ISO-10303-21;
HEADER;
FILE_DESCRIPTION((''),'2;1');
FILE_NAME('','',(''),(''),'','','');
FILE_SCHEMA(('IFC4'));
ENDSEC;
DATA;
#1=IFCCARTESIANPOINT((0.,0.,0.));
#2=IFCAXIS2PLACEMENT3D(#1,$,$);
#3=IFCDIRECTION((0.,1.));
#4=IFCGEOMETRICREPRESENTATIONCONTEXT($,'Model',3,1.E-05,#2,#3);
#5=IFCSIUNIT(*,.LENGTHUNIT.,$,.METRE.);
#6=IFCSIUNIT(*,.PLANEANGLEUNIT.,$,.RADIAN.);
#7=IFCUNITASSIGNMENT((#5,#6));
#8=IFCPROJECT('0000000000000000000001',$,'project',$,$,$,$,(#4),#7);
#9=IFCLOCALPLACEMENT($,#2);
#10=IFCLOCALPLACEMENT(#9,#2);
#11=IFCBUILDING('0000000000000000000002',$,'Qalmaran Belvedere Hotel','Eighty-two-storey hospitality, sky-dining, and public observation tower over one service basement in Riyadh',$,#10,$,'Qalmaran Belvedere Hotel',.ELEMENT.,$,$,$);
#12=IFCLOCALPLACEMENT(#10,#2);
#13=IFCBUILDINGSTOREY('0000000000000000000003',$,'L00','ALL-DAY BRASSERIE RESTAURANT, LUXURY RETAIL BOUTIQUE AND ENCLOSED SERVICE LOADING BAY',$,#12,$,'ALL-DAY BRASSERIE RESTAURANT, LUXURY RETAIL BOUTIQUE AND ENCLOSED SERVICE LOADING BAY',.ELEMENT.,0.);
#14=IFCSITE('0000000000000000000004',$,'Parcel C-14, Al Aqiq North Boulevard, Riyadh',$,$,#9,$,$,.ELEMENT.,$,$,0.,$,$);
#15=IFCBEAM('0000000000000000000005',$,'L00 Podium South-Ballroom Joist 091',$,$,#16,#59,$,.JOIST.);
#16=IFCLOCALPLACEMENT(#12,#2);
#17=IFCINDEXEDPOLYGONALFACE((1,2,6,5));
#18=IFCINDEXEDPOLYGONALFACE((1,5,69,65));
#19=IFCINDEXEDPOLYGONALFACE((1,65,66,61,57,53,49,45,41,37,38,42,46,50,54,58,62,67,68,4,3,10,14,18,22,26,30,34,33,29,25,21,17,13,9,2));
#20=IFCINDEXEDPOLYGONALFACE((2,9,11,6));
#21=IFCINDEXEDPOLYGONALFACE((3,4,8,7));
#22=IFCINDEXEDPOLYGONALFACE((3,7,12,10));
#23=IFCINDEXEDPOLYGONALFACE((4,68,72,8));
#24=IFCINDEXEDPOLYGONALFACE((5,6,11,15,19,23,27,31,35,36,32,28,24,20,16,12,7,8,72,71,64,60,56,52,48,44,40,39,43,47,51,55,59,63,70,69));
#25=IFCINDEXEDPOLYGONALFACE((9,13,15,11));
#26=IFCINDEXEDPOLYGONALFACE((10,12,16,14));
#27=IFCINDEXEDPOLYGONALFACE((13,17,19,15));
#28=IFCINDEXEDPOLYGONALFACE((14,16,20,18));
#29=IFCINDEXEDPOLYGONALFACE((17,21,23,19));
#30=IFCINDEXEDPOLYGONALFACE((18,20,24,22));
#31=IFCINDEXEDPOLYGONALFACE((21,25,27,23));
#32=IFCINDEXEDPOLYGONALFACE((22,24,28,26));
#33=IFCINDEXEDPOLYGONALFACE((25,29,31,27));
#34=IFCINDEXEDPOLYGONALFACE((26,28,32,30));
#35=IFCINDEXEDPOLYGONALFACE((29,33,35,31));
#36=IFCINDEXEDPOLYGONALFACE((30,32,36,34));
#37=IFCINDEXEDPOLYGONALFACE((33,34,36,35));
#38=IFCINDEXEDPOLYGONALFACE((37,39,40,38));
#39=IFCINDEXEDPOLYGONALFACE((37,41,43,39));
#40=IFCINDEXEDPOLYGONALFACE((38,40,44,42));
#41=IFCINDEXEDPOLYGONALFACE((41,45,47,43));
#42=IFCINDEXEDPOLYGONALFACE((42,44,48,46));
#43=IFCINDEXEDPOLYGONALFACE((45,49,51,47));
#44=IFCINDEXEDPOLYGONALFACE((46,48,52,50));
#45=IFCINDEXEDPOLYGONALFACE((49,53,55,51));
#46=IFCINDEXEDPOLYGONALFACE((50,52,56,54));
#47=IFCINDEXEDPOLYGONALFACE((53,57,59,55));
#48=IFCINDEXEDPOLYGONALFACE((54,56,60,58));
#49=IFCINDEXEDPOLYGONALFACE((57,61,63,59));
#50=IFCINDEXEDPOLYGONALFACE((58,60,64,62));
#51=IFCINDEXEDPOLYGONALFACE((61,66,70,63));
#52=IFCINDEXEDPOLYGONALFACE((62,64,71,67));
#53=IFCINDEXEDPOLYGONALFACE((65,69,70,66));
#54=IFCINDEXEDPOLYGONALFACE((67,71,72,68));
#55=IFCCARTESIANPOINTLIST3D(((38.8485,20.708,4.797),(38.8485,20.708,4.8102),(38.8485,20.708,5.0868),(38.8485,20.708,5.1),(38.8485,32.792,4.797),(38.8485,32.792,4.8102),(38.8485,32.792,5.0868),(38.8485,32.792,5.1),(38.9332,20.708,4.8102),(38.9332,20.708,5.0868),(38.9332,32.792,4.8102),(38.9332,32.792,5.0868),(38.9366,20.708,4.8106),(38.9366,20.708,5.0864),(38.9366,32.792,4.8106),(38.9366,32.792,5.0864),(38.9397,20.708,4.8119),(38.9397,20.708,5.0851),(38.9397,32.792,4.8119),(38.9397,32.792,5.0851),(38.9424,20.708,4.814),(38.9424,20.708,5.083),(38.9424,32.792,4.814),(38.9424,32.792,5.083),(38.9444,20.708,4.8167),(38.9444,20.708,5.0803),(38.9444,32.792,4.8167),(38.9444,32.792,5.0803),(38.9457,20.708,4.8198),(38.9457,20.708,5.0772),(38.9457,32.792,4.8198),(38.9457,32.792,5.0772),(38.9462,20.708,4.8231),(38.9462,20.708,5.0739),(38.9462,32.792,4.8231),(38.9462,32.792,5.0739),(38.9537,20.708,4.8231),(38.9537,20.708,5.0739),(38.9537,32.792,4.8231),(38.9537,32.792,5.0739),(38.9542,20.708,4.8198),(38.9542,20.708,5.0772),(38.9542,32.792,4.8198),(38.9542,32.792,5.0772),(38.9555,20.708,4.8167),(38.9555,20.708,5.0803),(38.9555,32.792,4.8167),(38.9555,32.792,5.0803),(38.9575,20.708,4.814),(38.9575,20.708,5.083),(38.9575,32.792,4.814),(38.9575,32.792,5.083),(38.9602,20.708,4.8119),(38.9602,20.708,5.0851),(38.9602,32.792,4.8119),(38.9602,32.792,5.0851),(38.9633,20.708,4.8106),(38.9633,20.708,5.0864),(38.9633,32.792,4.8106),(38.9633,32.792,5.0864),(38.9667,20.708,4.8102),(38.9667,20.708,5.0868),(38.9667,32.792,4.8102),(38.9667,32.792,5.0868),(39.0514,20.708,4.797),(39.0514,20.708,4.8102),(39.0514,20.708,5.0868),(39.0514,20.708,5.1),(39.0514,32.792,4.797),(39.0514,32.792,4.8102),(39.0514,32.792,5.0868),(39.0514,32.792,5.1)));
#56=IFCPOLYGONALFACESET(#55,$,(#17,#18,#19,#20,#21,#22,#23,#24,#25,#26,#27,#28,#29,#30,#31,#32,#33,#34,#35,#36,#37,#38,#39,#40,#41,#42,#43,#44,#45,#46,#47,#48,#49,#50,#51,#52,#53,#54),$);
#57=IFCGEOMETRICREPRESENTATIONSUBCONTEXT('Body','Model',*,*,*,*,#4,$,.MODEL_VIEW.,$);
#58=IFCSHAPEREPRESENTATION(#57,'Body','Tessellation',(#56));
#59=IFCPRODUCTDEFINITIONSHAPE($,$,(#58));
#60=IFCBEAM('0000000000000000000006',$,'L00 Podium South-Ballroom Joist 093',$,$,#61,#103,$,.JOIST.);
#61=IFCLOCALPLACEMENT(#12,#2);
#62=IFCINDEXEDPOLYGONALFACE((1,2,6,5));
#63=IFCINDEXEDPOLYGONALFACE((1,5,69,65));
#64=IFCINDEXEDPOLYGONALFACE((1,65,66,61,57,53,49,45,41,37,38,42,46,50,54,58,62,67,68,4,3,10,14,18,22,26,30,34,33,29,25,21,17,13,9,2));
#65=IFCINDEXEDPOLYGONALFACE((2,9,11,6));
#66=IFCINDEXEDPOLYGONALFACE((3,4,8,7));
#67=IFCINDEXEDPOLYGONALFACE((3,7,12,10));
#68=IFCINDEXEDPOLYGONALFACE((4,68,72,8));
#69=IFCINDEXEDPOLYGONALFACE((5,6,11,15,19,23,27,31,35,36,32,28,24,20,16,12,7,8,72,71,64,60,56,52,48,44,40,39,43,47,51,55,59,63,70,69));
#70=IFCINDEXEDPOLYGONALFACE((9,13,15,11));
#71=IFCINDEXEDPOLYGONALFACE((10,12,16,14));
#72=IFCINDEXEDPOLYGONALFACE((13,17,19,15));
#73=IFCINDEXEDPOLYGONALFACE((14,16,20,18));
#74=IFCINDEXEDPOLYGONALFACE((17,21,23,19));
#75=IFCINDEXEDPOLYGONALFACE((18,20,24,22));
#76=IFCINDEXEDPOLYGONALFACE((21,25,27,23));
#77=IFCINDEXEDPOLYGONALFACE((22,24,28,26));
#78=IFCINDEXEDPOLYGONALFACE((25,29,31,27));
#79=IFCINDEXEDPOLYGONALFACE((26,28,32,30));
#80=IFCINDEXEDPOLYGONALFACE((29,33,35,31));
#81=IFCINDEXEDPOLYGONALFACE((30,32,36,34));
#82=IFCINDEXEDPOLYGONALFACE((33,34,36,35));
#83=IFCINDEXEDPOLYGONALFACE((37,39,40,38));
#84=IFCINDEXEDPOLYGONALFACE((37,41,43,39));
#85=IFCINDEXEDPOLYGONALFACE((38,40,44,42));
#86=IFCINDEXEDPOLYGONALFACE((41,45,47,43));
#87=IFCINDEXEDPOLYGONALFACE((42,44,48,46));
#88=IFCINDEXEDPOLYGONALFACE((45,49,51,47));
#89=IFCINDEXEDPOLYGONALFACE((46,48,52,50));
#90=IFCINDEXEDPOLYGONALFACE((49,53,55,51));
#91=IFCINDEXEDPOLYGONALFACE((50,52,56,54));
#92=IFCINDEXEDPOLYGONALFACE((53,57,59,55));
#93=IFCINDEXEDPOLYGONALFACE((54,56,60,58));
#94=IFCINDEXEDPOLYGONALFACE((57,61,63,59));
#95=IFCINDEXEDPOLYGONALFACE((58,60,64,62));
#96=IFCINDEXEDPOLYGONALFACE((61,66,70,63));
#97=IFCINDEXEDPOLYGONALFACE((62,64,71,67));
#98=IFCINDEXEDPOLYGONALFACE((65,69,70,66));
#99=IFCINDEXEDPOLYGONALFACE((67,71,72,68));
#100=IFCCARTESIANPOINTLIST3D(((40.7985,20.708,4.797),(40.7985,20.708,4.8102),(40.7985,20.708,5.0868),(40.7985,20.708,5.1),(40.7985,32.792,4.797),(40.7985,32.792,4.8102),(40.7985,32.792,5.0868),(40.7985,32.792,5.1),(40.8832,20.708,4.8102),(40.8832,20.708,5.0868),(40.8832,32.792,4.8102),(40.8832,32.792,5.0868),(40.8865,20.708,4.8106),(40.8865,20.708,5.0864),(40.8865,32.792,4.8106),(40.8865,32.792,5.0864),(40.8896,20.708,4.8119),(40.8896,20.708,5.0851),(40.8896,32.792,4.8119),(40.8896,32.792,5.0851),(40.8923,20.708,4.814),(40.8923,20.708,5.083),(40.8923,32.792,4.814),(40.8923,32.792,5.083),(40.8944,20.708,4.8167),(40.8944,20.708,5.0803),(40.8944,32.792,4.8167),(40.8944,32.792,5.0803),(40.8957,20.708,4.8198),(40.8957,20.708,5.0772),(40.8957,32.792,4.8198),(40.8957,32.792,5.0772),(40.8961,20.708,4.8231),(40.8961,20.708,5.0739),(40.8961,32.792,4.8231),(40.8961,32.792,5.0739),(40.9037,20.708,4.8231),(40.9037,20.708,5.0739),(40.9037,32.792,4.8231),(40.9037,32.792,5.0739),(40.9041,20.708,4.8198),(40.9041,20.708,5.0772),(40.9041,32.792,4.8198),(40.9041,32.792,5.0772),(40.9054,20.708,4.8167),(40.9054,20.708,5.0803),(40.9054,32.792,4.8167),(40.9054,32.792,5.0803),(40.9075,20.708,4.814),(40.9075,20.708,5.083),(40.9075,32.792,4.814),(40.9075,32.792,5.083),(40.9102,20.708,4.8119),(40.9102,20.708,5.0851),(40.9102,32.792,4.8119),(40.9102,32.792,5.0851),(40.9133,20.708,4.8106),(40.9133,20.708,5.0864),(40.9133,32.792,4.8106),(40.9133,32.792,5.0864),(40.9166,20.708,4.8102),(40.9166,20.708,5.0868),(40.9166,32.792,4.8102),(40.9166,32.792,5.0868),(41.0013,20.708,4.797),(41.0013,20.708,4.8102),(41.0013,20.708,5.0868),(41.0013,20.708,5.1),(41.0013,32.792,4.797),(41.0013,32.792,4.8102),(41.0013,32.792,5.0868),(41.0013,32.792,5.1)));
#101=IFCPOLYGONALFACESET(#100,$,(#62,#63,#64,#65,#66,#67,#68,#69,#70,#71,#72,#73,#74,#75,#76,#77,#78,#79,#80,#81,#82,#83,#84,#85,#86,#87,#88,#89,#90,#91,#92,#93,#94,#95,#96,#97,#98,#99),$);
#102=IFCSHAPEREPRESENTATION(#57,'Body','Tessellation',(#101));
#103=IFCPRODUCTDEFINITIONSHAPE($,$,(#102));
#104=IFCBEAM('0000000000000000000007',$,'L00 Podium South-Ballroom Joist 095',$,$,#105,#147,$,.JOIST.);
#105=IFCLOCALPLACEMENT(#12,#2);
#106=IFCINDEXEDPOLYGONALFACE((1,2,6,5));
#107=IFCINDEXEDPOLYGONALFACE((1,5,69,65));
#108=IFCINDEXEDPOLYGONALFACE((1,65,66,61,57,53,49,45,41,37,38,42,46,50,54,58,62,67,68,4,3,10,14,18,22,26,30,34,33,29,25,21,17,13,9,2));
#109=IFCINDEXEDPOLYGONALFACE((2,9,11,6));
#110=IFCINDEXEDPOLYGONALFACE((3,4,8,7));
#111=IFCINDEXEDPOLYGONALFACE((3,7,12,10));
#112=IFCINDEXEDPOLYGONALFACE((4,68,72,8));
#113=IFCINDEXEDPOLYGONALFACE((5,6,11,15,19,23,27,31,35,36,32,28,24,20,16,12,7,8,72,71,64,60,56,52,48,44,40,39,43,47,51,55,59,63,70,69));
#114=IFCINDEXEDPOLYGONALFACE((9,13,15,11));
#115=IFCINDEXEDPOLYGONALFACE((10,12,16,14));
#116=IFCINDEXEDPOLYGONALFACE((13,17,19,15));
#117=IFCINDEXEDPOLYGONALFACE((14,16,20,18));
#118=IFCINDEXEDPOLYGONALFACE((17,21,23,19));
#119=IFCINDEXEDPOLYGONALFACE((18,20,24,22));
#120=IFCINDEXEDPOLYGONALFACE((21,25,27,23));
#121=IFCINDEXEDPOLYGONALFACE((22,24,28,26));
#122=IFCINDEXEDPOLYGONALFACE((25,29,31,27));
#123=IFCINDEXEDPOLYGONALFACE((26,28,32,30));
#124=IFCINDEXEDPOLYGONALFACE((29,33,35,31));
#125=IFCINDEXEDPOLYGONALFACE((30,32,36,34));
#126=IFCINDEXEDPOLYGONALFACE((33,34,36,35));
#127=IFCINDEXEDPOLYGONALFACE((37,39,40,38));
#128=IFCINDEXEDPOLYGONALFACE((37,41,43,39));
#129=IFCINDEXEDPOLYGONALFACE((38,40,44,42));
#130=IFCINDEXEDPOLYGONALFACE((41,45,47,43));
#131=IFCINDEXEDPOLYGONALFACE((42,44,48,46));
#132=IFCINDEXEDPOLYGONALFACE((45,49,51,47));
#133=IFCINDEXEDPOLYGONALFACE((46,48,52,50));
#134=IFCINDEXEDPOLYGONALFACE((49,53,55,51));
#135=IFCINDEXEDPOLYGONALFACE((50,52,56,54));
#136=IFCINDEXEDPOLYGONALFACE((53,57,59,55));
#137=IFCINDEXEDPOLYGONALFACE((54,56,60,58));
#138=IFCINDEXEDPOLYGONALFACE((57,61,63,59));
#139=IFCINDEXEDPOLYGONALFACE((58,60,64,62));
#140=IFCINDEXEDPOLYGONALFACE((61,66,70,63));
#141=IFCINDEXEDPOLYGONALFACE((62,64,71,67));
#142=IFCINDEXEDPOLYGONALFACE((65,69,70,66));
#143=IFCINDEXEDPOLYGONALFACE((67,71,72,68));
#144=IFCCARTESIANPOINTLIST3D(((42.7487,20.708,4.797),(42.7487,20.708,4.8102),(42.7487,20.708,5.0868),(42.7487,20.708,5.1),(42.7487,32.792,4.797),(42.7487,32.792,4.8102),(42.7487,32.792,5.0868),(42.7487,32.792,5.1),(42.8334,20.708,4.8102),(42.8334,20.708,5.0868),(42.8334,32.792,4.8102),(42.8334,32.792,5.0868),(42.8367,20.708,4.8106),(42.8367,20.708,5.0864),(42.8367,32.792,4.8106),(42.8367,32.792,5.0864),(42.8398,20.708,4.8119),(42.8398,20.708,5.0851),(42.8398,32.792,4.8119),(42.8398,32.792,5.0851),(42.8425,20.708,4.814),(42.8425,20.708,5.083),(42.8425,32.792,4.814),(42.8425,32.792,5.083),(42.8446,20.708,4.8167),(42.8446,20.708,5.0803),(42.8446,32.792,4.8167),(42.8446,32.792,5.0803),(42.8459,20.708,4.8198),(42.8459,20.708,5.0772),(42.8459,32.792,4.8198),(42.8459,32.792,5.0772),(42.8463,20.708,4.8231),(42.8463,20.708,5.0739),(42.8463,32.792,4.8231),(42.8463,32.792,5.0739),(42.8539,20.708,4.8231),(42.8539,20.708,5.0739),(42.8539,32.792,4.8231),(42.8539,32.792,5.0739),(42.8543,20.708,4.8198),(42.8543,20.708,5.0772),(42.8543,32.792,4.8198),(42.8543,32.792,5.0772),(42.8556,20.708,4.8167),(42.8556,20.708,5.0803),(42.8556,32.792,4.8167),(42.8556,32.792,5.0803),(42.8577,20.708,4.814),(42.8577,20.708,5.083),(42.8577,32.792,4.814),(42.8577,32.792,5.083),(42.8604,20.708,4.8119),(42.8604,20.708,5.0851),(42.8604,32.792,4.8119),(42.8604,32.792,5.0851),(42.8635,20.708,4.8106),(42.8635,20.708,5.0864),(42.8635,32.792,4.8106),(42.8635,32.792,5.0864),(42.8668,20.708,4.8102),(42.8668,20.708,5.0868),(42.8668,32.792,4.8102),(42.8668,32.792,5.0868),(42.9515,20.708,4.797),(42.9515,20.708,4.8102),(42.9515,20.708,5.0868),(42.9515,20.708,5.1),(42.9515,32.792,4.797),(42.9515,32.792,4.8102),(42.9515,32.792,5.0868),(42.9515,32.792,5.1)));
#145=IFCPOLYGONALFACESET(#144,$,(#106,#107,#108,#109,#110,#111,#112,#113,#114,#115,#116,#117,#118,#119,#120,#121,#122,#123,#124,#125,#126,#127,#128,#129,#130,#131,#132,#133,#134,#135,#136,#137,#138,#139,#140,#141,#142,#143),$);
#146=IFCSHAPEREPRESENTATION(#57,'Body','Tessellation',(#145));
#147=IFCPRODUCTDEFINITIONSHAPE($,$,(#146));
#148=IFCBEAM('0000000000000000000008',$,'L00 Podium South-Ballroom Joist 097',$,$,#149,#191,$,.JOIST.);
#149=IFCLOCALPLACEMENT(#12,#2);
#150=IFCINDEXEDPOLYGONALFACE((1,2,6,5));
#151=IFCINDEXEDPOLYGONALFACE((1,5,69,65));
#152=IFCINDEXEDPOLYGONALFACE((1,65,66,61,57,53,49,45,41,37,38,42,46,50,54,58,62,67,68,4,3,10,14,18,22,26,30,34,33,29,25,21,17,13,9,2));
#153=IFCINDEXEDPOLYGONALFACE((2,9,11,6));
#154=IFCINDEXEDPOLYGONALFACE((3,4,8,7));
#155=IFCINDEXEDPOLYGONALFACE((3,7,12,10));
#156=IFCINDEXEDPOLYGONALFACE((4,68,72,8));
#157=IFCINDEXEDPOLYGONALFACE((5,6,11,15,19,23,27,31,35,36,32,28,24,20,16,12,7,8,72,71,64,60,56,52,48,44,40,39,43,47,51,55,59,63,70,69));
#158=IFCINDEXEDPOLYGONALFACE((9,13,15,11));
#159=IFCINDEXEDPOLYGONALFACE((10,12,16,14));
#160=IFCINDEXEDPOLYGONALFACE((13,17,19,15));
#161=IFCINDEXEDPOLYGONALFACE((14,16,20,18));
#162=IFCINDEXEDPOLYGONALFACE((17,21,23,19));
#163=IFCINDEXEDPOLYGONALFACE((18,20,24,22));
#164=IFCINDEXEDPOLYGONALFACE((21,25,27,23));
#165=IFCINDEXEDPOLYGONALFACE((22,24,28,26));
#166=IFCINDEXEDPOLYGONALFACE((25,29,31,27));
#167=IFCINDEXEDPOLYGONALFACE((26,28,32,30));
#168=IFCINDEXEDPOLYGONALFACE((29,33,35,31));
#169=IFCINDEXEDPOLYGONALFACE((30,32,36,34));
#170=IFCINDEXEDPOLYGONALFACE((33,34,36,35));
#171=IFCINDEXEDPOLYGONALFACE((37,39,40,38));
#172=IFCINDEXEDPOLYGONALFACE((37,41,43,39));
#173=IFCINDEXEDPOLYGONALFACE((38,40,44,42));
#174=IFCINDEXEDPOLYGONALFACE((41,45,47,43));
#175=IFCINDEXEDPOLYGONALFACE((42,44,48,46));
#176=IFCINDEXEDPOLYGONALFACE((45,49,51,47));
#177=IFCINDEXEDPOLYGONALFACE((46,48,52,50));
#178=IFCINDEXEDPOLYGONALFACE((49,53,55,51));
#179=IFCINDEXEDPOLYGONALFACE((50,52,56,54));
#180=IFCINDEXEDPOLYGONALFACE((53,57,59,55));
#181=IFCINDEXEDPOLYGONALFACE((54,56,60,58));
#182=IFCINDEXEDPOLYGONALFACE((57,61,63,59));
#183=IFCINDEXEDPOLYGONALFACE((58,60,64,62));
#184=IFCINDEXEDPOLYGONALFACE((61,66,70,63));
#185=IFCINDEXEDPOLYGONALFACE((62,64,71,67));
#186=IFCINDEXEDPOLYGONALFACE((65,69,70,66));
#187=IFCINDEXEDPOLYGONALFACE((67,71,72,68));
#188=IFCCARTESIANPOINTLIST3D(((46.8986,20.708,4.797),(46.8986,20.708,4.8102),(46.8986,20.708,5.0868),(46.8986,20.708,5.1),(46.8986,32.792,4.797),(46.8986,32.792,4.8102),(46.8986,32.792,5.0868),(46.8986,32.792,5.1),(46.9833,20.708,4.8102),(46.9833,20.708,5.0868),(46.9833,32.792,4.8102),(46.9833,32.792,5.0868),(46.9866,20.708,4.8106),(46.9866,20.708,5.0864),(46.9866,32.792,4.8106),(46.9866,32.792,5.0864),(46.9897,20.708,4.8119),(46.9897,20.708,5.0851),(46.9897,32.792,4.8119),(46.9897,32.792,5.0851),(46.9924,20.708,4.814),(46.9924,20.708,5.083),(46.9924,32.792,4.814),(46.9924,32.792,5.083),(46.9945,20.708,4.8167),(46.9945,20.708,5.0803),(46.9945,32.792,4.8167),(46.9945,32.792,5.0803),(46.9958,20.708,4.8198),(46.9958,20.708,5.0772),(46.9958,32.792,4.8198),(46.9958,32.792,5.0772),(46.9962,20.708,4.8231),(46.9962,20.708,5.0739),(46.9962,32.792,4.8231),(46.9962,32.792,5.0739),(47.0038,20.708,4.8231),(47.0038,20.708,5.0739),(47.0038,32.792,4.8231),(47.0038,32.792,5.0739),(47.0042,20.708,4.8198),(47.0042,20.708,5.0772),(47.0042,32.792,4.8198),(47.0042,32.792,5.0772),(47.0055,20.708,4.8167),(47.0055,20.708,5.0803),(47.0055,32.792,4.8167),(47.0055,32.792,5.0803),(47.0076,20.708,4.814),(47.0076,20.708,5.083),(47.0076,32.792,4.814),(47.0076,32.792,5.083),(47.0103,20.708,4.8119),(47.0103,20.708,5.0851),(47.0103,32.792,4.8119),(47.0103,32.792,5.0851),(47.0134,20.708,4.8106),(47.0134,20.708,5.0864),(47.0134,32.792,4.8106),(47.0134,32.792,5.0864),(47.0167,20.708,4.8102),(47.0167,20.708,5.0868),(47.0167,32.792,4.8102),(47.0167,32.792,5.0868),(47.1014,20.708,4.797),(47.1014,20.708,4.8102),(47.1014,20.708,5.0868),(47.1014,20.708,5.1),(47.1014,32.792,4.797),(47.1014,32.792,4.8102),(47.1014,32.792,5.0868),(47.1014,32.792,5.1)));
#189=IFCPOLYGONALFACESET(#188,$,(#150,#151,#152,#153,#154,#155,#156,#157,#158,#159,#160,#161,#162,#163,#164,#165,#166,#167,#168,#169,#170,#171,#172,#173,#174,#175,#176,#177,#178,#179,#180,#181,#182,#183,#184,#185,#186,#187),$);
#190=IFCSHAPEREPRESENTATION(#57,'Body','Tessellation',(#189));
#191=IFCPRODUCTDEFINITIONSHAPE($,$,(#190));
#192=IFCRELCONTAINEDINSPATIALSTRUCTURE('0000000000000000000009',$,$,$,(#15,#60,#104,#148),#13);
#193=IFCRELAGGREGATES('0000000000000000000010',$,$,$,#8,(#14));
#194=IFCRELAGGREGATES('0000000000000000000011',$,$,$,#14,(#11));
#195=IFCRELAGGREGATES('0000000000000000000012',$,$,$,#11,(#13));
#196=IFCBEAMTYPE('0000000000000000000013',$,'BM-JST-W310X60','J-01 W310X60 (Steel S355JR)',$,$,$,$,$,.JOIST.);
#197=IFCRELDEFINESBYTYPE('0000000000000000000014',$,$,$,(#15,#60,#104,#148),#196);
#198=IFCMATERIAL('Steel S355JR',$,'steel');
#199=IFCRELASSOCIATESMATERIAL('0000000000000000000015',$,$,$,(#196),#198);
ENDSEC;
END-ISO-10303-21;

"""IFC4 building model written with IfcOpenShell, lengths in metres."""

from ifc_helpers import new_model, si_unit, direction, frame, origin, origin_2d, place, context, subcontext, project, spatial, i_section, extrude, material, material_profile, profile_set, type_object, element, save


model = new_model("IFC4")

# Units and contexts
model_context = context("Model", 3, precision=1e-05, world=origin(), true_north=direction((0.0, 1.0)))
body_context = subcontext(model_context, "Body", "Model", "MODEL_VIEW")
ifc_project = project(units=[si_unit("LENGTHUNIT", "METRE"), si_unit("PLANEANGLEUNIT", "RADIAN")], contexts=[model_context])

# Site, building, storey
site_placement = place(None, origin())
site = spatial("IfcSite", under=ifc_project, at=site_placement, Name="Parcel C-14, Al Aqiq North Boulevard, Riyadh", CompositionType="ELEMENT", RefElevation=0.0)
building_placement = place(site_placement, origin())
building = spatial("IfcBuilding", under=site, at=building_placement, Name="Qalmaran Belvedere Hotel", Description="Eighty-two-storey hospitality, sky-dining, and public observation tower over one service basement in Riyadh", LongName="Qalmaran Belvedere Hotel", CompositionType="ELEMENT")
storey_placement = place(building_placement, origin())
storey = spatial("IfcBuildingStorey", under=building, at=storey_placement, Name="L00", Description="ALL-DAY BRASSERIE RESTAURANT, LUXURY RETAIL BOUTIQUE AND ENCLOSED SERVICE LOADING BAY", LongName="ALL-DAY BRASSERIE RESTAURANT, LUXURY RETAIL BOUTIQUE AND ENCLOSED SERVICE LOADING BAY", CompositionType="ELEMENT", Elevation=0.0)

# Beams
ifc_material_1 = material(Name="Steel S355JR", Category="steel")
ifc_material_profile_1 = material_profile(ifc_material_1, i_section(OverallWidth=0.2029, OverallDepth=0.303, WebThickness=0.0076, FlangeThickness=0.0132, FilletRadius=0.0129, at=origin_2d()), Name="W310X60")
ifc_profile_set_1 = profile_set([ifc_material_profile_1], Name="Steel S355JR")
beam_type_1 = type_object("IfcBeamType", Name="BM-JST-W310X60", Description="J-01 W310X60 (Steel S355JR)", PredefinedType="JOIST", material=ifc_profile_set_1)
for number, where, z_axis, x_axis, name in (
    (1, (38.95, 20.708, 4.9485), (0.0, 1.0, 0.0), (-1.0, 0.0, 0.0), "L00 Podium South-Ballroom Joist 091"),
    (2, (40.8999, 20.708, 4.9485), (0.0, 1.0, 0.0), (-1.0, 0.0, 0.0), "L00 Podium South-Ballroom Joist 093"),
    (3, (42.8501, 20.708, 4.9485), (0.0, 1.0, 0.0), (-1.0, 0.0, 0.0), "L00 Podium South-Ballroom Joist 095"),
    (4, (47.0, 20.708, 4.9485), (0.0, 1.0, 0.0), (-1.0, 0.0, 0.0), "L00 Podium South-Ballroom Joist 097"),
):
    element("IfcBeam", number, at=place(storey_placement, frame(where, z_axis=z_axis, x_axis=x_axis)), inside=storey, type_object=beam_type_1, Name=name, PredefinedType="JOIST", context=body_context, shape_type="SweptSolid", body=[
        extrude(i_section(OverallWidth=0.2029, OverallDepth=0.303, WebThickness=0.0076, FlangeThickness=0.0132, FilletRadius=0.0129, at=origin_2d()), origin(), (0.0, 0.0, 1.0), 12.084),
    ])

save(model, "model.ifc")
